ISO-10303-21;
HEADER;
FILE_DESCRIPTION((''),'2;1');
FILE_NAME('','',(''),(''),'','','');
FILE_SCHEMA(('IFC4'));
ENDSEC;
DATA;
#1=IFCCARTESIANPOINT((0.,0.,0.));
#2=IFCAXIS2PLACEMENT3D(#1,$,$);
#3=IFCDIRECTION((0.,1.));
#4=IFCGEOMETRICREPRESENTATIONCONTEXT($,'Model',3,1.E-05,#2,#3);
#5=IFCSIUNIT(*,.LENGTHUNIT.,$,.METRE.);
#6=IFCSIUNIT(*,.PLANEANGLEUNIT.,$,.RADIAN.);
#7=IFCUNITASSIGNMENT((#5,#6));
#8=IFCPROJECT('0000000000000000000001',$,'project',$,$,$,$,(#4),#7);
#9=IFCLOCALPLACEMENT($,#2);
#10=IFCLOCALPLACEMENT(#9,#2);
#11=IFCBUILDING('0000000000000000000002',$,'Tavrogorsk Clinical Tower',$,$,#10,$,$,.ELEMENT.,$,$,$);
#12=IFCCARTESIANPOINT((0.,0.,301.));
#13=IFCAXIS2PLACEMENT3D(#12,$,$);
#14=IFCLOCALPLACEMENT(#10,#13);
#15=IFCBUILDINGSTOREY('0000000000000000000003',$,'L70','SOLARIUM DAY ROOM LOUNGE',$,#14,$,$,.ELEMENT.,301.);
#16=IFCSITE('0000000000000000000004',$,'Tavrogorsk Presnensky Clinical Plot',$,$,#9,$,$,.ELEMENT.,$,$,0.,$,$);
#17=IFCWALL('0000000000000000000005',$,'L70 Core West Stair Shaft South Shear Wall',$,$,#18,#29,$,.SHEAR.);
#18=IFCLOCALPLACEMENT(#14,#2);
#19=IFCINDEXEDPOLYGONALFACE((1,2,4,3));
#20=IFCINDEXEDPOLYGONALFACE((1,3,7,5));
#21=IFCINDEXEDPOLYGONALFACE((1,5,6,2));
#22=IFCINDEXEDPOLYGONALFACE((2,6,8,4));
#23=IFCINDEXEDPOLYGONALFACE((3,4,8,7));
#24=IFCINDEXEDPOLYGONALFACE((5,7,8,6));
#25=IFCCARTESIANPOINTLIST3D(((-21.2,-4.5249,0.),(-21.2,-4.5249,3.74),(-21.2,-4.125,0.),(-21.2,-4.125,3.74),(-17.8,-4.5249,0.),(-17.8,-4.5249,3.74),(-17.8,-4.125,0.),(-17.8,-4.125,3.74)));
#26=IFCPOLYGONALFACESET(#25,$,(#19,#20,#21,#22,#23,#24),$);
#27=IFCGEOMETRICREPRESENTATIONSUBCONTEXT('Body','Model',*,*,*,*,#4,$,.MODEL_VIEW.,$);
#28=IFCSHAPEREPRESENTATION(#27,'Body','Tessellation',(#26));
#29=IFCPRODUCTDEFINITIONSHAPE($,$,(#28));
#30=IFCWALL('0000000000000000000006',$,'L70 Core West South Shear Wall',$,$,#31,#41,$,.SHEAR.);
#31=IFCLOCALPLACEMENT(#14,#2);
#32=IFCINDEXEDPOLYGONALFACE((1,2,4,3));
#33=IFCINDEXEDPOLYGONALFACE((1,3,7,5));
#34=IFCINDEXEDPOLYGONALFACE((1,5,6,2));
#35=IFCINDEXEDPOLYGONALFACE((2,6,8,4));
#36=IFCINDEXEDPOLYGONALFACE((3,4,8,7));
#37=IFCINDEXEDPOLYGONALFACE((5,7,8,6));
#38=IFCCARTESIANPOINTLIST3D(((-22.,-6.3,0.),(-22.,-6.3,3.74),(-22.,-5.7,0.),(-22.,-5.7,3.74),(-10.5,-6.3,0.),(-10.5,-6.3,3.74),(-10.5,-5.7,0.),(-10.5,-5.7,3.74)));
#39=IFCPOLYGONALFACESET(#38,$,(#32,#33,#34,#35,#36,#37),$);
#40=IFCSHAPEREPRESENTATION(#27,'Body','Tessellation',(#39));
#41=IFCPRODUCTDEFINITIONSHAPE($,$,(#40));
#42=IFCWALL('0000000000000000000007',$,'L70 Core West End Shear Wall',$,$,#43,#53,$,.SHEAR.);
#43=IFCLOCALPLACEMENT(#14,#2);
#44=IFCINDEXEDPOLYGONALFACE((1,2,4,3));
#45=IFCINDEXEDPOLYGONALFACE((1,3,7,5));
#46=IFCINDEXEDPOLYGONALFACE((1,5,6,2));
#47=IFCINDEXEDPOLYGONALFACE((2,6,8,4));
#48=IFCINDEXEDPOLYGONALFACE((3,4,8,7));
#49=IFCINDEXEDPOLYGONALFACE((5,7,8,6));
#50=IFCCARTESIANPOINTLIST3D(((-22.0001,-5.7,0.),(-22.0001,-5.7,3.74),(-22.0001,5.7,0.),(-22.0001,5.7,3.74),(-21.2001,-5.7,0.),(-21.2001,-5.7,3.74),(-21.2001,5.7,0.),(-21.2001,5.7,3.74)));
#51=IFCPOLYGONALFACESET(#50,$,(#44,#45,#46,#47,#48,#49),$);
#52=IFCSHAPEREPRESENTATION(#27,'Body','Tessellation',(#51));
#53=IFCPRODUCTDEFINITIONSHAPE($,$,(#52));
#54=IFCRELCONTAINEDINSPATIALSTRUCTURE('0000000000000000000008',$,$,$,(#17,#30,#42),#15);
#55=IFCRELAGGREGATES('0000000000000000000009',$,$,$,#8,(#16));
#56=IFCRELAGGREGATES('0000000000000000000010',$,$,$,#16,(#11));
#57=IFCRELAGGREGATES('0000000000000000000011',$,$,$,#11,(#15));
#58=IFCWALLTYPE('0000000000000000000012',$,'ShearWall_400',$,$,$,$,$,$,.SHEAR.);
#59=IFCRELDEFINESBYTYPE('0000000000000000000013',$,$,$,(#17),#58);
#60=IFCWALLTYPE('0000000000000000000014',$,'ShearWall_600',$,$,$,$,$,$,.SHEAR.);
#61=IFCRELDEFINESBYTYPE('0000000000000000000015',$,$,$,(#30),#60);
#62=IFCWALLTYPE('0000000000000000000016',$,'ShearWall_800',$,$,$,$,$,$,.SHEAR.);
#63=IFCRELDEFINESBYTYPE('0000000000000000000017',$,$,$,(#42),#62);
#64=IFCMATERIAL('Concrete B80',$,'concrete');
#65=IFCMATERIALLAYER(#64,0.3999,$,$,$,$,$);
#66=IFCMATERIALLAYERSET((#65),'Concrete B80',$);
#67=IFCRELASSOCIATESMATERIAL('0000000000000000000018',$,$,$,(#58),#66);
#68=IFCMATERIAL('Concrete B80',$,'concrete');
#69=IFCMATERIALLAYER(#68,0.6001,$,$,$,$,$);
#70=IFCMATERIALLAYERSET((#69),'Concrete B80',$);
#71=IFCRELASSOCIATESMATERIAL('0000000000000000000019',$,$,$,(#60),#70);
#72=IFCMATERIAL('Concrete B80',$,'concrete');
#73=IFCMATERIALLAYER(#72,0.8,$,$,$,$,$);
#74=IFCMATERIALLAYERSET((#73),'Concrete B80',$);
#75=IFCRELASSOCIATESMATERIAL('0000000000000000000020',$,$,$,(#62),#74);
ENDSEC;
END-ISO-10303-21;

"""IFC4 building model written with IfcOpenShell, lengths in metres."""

from ifc_helpers import new_model, si_unit, direction, frame, frame_2d, origin, place, context, subcontext, project, spatial, rectangle, extrude, material, layer, layer_set, type_object, element, save


model = new_model("IFC4")

# Units and contexts
model_context = context("Model", 3, precision=1e-05, world=origin(), true_north=direction((0.0, 1.0)))
body_context = subcontext(model_context, "Body", "Model", "MODEL_VIEW")
ifc_project = project(units=[si_unit("LENGTHUNIT", "METRE"), si_unit("PLANEANGLEUNIT", "RADIAN")], contexts=[model_context])

# Site, building, storey
site_placement = place(None, origin())
site = spatial("IfcSite", under=ifc_project, at=site_placement, Name="Tavrogorsk Presnensky Clinical Plot", CompositionType="ELEMENT", RefElevation=0.0)
building_placement = place(site_placement, origin())
building = spatial("IfcBuilding", under=site, at=building_placement, Name="Tavrogorsk Clinical Tower", CompositionType="ELEMENT")
storey_placement = place(building_placement, frame((0.0, 0.0, 301.0)))
storey = spatial("IfcBuildingStorey", under=building, at=storey_placement, Name="L70", Description="SOLARIUM DAY ROOM LOUNGE", CompositionType="ELEMENT", Elevation=301.0)

# Walls
ifc_material_1 = material(Name="Concrete B80", Category="concrete")
ifc_layer_1 = layer(ifc_material_1, 0.3999)
ifc_layer_set_1 = layer_set([ifc_layer_1], Name="Concrete B80")
wall_type_1 = type_object("IfcWallType", Name="ShearWall_400", PredefinedType="SHEAR", material=ifc_layer_set_1)
wall_1_placement = place(storey_placement, frame((-21.2, -4.325, 0.0), z_axis=(0.0, 0.0, 1.0), x_axis=(1.0, 0.0, 0.0)))
element("IfcWall", 1, at=wall_1_placement, inside=storey, type_object=wall_type_1, Name="L70 Core West Stair Shaft South Shear Wall", PredefinedType="SHEAR", context=body_context, shape_type="SweptSolid", body=[
    extrude(rectangle(XDim=3.3999, YDim=0.3999, at=frame_2d((1.7, 0.0))), origin(), (0.0, 0.0, 1.0), 3.74),
])
ifc_material_2 = material(Name="Concrete B80", Category="concrete")
ifc_layer_2 = layer(ifc_material_2, 0.6001)
ifc_layer_set_2 = layer_set([ifc_layer_2], Name="Concrete B80")
wall_type_2 = type_object("IfcWallType", Name="ShearWall_600", PredefinedType="SHEAR", material=ifc_layer_set_2)
wall_2_placement = place(storey_placement, frame((-22.0, -6.0, 0.0), z_axis=(0.0, 0.0, 1.0), x_axis=(1.0, 0.0, 0.0)))
element("IfcWall", 2, at=wall_2_placement, inside=storey, type_object=wall_type_2, Name="L70 Core West South Shear Wall", PredefinedType="SHEAR", context=body_context, shape_type="SweptSolid", body=[
    extrude(rectangle(XDim=11.5, YDim=0.6001, at=frame_2d((5.75, 0.0))), origin(), (0.0, 0.0, 1.0), 3.74),
])
ifc_material_3 = material(Name="Concrete B80", Category="concrete")
ifc_layer_3 = layer(ifc_material_3, 0.8)
ifc_layer_set_3 = layer_set([ifc_layer_3], Name="Concrete B80")
wall_type_3 = type_object("IfcWallType", Name="ShearWall_800", PredefinedType="SHEAR", material=ifc_layer_set_3)
wall_3_placement = place(storey_placement, frame((-21.6001, -5.7, 0.0), z_axis=(0.0, 0.0, 1.0), x_axis=(0.0, 1.0, 0.0)))
element("IfcWall", 3, at=wall_3_placement, inside=storey, type_object=wall_type_3, Name="L70 Core West End Shear Wall", PredefinedType="SHEAR", context=body_context, shape_type="SweptSolid", body=[
    extrude(rectangle(XDim=11.3999, YDim=0.8, at=frame_2d((5.7, 0.0))), origin(), (0.0, 0.0, 1.0), 3.74),
])

save(model, "model.ifc")
